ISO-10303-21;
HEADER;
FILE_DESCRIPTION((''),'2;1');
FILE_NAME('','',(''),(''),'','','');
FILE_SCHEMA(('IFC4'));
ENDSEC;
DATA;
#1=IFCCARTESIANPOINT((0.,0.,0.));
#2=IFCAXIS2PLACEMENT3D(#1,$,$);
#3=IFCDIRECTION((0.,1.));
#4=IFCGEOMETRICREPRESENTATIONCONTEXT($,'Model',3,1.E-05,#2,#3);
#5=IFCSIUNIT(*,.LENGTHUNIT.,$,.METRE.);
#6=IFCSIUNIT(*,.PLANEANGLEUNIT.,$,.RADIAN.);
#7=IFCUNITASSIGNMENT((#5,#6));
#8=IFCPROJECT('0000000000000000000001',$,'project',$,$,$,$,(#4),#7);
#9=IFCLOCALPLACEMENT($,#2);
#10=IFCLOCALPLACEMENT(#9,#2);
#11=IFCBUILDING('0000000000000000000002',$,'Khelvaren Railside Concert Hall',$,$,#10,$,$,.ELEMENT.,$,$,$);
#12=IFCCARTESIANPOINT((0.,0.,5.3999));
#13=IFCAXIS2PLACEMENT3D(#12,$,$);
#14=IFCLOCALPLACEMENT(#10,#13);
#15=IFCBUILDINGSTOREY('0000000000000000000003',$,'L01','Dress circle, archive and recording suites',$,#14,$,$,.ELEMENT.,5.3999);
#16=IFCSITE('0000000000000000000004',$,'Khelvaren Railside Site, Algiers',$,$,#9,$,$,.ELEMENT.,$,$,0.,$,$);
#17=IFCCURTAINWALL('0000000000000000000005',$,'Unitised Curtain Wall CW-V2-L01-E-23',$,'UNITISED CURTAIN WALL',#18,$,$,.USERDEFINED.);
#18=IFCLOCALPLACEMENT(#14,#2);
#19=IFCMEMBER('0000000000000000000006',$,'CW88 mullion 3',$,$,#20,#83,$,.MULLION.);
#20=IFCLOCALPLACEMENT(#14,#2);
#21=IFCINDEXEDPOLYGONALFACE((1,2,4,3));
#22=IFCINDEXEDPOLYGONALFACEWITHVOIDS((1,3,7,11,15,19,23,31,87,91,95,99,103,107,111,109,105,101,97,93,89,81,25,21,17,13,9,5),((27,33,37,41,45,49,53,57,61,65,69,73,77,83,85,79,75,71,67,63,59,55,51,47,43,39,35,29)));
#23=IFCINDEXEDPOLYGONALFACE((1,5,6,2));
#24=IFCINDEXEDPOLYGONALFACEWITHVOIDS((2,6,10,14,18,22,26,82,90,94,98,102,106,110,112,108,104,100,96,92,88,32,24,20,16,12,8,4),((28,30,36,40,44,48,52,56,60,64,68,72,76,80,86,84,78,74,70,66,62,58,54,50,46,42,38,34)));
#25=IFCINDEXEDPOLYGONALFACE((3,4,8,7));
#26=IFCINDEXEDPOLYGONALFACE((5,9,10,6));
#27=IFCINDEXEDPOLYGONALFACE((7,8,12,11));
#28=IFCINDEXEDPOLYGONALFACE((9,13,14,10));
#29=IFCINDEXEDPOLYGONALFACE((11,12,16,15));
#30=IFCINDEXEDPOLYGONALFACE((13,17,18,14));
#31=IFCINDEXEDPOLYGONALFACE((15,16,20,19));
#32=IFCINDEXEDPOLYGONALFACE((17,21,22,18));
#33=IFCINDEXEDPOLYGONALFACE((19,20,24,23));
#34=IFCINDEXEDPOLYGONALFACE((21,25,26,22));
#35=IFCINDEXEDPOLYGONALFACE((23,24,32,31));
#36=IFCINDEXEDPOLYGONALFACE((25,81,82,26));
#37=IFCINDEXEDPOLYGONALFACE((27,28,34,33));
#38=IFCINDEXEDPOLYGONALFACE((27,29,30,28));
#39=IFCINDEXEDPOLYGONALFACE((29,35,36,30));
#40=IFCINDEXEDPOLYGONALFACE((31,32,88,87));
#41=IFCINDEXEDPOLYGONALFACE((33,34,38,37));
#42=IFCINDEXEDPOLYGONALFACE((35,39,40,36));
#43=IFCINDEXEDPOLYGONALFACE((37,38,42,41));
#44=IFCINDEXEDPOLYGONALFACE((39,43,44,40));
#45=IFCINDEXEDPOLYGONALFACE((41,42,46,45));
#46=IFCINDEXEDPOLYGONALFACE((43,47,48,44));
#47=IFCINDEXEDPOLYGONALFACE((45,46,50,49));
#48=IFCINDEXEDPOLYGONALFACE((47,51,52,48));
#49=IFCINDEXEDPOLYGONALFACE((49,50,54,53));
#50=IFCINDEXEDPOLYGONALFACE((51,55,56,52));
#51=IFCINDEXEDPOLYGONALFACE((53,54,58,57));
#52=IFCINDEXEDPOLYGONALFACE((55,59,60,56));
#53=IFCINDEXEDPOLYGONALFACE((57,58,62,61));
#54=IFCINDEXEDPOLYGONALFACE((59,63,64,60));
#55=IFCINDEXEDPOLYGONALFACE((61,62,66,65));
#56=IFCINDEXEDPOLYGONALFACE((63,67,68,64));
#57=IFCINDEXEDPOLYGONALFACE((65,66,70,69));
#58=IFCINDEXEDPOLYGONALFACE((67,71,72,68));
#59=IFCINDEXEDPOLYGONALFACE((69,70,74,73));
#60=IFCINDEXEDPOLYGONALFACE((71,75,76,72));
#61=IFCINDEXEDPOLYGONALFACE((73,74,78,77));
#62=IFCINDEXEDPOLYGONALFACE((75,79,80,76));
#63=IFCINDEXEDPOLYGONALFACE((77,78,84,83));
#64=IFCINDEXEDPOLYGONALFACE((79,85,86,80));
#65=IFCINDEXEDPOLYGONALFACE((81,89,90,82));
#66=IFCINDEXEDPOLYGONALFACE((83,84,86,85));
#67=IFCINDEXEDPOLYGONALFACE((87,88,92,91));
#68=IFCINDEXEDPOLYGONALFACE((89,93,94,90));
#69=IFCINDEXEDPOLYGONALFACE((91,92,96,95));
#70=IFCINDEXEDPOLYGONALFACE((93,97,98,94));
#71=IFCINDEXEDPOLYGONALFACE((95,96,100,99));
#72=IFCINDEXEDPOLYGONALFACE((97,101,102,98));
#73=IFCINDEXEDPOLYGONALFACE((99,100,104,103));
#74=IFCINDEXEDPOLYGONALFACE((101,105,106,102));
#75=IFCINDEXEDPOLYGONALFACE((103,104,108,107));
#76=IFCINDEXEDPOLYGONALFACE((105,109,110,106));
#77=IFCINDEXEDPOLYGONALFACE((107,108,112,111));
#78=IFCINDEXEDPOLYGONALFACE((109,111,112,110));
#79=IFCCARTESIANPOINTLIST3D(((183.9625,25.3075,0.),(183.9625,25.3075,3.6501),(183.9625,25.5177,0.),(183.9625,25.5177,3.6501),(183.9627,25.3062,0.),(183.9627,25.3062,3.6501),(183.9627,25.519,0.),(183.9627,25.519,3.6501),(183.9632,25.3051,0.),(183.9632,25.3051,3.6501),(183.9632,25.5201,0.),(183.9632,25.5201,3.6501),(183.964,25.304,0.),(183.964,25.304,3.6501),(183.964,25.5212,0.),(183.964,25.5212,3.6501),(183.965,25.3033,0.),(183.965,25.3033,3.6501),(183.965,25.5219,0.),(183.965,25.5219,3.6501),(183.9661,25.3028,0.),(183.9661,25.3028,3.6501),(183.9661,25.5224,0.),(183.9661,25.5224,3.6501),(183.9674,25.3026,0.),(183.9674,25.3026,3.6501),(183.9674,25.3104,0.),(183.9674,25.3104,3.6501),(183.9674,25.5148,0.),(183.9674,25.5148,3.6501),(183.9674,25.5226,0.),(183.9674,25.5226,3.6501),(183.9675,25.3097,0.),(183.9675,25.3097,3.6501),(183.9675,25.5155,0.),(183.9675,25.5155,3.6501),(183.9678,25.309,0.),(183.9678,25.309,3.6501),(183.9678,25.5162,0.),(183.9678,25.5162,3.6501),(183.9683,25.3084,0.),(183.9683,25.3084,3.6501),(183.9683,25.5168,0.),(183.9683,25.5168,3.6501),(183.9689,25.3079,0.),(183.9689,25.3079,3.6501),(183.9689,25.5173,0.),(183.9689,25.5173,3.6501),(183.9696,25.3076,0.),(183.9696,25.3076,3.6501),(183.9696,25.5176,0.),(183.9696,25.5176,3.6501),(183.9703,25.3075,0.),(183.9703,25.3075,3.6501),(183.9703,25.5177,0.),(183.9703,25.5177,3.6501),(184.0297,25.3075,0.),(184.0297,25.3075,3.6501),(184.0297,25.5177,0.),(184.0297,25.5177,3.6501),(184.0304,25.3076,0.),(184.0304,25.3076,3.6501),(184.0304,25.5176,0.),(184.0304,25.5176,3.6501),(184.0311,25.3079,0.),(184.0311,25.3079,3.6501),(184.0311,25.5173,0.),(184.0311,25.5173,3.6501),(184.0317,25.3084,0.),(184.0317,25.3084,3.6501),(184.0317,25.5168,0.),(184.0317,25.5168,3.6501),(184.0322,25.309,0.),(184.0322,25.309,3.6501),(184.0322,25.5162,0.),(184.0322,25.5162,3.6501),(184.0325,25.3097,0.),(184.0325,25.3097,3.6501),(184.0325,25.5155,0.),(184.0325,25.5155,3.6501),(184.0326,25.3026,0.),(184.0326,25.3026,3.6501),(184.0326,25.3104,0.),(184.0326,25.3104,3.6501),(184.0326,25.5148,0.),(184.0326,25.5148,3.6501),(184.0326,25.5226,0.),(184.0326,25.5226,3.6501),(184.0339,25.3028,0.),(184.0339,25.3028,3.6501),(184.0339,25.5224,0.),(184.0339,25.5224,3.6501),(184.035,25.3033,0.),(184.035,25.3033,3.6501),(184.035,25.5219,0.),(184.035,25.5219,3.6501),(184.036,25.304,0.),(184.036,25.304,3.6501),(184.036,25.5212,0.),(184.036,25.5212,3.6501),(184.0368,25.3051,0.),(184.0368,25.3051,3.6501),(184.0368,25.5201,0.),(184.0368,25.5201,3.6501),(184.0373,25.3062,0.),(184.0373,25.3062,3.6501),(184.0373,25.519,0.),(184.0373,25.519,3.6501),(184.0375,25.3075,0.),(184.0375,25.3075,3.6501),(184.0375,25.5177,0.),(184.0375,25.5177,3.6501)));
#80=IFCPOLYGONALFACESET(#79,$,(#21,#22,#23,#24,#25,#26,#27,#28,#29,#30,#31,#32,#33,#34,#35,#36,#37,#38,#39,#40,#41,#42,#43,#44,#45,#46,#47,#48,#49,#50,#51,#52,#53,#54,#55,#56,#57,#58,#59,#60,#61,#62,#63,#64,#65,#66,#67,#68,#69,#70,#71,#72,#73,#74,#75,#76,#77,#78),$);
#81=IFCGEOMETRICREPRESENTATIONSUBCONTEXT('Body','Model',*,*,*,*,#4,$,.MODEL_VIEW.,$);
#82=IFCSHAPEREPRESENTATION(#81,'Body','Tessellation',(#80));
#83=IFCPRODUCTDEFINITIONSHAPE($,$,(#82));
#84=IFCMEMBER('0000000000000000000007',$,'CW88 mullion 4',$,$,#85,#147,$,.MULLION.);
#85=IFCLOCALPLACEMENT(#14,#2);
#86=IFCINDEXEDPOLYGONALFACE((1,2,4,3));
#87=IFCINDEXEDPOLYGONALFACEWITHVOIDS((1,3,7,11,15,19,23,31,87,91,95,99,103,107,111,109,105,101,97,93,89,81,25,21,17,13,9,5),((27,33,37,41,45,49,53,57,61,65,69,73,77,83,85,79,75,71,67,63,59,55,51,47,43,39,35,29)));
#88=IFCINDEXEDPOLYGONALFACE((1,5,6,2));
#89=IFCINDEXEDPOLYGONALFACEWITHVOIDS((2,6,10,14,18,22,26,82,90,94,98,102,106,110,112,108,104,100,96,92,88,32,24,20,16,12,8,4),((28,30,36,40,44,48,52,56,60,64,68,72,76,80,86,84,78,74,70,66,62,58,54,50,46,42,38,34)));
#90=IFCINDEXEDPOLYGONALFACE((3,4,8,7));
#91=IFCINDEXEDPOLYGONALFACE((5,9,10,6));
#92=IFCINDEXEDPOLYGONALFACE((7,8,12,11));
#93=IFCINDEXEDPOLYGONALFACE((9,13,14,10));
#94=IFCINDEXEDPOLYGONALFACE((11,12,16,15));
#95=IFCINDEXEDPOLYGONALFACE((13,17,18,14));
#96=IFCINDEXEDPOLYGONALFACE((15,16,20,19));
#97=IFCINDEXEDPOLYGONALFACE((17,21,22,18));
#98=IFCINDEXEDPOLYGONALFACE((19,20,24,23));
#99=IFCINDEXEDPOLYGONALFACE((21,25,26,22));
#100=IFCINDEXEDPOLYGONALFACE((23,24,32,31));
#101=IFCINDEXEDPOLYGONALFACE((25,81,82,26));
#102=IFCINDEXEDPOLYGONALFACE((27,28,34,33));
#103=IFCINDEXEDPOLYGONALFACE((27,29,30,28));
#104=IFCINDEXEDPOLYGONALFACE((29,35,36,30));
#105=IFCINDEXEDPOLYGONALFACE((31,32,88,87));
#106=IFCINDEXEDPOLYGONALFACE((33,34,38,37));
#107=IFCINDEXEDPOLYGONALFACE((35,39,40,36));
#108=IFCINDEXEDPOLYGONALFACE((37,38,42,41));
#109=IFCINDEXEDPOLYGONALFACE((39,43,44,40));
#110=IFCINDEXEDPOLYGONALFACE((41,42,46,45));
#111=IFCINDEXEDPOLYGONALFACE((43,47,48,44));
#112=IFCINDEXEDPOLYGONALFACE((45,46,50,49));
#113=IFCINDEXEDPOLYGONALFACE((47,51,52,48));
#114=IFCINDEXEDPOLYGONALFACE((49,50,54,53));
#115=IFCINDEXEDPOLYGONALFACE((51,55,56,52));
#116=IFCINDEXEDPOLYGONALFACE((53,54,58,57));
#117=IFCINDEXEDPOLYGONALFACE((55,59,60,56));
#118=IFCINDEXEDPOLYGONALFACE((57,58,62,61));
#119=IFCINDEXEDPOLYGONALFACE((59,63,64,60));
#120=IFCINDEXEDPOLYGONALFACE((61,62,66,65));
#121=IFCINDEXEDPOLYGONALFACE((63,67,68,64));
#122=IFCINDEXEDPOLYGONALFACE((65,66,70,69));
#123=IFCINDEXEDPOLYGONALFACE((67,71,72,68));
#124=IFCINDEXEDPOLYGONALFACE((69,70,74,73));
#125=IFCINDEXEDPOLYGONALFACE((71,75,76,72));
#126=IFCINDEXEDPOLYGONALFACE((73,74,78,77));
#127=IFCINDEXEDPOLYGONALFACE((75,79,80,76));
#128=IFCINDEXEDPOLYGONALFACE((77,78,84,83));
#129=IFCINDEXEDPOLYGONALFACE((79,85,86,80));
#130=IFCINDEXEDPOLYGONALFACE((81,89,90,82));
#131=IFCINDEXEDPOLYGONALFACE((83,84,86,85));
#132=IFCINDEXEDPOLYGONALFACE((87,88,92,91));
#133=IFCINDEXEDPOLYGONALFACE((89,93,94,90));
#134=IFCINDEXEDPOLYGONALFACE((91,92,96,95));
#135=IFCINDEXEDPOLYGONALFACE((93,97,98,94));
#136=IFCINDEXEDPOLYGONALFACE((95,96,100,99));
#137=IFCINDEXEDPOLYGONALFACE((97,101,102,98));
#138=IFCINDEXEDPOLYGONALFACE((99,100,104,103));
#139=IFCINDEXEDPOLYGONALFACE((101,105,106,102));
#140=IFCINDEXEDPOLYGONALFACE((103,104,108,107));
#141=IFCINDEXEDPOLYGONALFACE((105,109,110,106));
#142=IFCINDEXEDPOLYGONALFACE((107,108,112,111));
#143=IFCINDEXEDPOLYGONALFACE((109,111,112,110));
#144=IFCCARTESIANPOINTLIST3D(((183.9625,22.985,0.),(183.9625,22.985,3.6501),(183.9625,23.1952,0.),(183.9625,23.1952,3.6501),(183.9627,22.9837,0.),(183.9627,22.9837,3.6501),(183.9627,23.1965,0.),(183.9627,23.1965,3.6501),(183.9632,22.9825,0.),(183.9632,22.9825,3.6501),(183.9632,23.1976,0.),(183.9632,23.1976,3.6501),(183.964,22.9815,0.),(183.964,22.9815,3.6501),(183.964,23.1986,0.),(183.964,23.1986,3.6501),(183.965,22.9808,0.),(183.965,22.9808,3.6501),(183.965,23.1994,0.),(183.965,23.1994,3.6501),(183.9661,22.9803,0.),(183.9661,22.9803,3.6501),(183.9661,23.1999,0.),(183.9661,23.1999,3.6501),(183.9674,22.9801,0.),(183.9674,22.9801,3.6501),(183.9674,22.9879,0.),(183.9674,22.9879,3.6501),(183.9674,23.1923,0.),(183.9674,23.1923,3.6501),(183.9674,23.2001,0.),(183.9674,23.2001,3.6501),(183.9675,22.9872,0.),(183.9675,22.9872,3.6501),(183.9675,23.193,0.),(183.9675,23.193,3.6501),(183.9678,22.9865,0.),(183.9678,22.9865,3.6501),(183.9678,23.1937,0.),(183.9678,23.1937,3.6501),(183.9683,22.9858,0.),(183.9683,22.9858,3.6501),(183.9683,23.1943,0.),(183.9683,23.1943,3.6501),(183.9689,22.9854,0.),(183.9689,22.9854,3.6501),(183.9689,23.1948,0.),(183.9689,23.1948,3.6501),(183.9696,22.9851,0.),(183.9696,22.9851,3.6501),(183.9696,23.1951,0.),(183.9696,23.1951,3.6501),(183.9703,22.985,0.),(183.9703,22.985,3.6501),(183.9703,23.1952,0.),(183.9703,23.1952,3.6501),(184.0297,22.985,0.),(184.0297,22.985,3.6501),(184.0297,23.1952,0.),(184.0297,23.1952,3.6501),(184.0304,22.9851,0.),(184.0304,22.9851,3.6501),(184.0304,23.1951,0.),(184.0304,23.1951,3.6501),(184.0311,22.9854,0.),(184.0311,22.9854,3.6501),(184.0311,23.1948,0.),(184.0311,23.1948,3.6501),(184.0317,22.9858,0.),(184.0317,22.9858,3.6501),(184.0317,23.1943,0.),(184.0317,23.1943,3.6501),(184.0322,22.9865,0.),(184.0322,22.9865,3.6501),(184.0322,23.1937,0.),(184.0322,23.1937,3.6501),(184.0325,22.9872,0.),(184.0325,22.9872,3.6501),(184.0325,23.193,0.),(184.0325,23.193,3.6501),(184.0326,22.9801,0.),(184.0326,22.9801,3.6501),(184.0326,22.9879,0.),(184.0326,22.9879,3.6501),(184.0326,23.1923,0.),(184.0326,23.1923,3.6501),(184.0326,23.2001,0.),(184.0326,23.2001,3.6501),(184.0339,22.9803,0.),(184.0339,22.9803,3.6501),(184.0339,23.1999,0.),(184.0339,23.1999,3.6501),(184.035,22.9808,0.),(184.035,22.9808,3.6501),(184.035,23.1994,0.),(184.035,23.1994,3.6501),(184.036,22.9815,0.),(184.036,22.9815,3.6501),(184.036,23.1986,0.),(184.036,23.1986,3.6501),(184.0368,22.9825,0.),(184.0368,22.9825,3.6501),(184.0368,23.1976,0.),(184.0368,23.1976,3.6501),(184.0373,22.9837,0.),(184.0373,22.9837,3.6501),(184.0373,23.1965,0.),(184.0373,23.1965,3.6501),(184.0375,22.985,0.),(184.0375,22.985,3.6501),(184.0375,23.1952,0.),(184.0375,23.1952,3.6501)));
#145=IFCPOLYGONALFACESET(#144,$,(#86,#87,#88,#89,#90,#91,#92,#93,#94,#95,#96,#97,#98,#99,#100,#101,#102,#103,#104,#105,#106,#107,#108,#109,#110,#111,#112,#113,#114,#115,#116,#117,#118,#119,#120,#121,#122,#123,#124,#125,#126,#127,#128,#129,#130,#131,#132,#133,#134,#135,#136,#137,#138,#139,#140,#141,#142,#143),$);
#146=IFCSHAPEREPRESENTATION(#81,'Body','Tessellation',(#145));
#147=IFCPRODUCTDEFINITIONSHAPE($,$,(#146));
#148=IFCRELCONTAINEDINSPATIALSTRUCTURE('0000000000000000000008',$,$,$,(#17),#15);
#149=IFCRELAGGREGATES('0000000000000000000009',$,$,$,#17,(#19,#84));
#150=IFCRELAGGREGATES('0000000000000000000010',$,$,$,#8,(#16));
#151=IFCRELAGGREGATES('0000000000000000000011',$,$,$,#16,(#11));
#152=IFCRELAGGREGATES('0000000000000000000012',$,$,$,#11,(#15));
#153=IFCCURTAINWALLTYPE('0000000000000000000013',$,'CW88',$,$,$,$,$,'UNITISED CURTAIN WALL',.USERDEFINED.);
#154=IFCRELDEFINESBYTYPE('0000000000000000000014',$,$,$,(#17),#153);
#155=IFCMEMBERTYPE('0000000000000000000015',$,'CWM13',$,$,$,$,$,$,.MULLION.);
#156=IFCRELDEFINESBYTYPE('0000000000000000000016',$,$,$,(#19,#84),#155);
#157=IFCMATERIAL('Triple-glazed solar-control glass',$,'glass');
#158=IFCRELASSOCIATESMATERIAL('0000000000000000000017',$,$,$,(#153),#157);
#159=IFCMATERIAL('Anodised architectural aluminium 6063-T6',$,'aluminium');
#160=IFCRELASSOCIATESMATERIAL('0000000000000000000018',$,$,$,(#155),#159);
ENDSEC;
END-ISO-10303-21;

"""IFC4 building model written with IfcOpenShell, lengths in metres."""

from ifc_helpers import new_model, si_unit, direction, frame, origin, origin_2d, place, context, subcontext, project, spatial, hollow_rectangle, extrude, material, material_profile, profile_set, type_object, element, aggregate, save


model = new_model("IFC4")

# Units and contexts
model_context = context("Model", 3, precision=1e-05, world=origin(), true_north=direction((0.0, 1.0)))
body_context = subcontext(model_context, "Body", "Model", "MODEL_VIEW")
ifc_project = project(units=[si_unit("LENGTHUNIT", "METRE"), si_unit("PLANEANGLEUNIT", "RADIAN")], contexts=[model_context])

# Site, building, storey
site_placement = place(None, origin())
site = spatial("IfcSite", under=ifc_project, at=site_placement, Name="Khelvaren Railside Site, Algiers", CompositionType="ELEMENT", RefElevation=0.0)
building_placement = place(site_placement, origin())
building = spatial("IfcBuilding", under=site, at=building_placement, Name="Khelvaren Railside Concert Hall", CompositionType="ELEMENT")
storey_placement = place(building_placement, frame((0.0, 0.0, 5.3999)))
storey = spatial("IfcBuildingStorey", under=building, at=storey_placement, Name="L01", Description="Dress circle, archive and recording suites", CompositionType="ELEMENT", Elevation=5.3999)

# Curtain wall, members
ifc_material_1 = material(Name="Triple-glazed solar-control glass", Category="glass")
curtain_wall_type = type_object("IfcCurtainWallType", Name="CW88", ElementType="UNITISED CURTAIN WALL", PredefinedType="USERDEFINED", material=ifc_material_1)
curtain_wall_placement = place(storey_placement, origin())
curtain_wall = element("IfcCurtainWall", 1, at=curtain_wall_placement, inside=storey, type_object=curtain_wall_type, Name="Unitised Curtain Wall CW-V2-L01-E-23", ObjectType="UNITISED CURTAIN WALL", PredefinedType="USERDEFINED")
ifc_material_2 = material(Name="Anodised architectural aluminium 6063-T6", Category="aluminium")
ifc_material_profile_1 = material_profile(ifc_material_2, hollow_rectangle(XDim=0.075, YDim=0.22, WallThickness=0.0049, InnerFilletRadius=0.0029, OuterFilletRadius=0.0049, at=origin_2d()), Name="CWM 75x220x5")
ifc_profile_set_1 = profile_set([ifc_material_profile_1], Name="Anodised architectural aluminium 6063-T6")
member_type_1 = type_object("IfcMemberType", Name="CWM13", PredefinedType="MULLION", material=ifc_profile_set_1)
member_1_placement = place(storey_placement, frame((184.0, 25.4126, 0.0), z_axis=(0.0, 0.0, 1.0), x_axis=(1.0, 0.0, 0.0)))
member_1 = element("IfcMember", 2, at=member_1_placement, type_object=member_type_1, Name="CW88 mullion 3", PredefinedType="MULLION", context=body_context, shape_type="SweptSolid", body=[
    extrude(hollow_rectangle(XDim=0.075, YDim=0.22, WallThickness=0.0049, InnerFilletRadius=0.0029, OuterFilletRadius=0.0049, at=origin_2d()), origin(), (0.0, 0.0, 1.0), 3.6501),
])
member_2_placement = place(storey_placement, frame((184.0, 23.0901, 0.0), z_axis=(0.0, 0.0, 1.0), x_axis=(1.0, 0.0, 0.0)))
member_2 = element("IfcMember", 3, at=member_2_placement, type_object=member_type_1, Name="CW88 mullion 4", PredefinedType="MULLION", context=body_context, shape_type="SweptSolid", body=[
    extrude(hollow_rectangle(XDim=0.075, YDim=0.22, WallThickness=0.0049, InnerFilletRadius=0.0029, OuterFilletRadius=0.0049, at=origin_2d()), origin(), (0.0, 0.0, 1.0), 3.6501),
])
aggregate(curtain_wall, [member_1, member_2])

save(model, "model.ifc")
